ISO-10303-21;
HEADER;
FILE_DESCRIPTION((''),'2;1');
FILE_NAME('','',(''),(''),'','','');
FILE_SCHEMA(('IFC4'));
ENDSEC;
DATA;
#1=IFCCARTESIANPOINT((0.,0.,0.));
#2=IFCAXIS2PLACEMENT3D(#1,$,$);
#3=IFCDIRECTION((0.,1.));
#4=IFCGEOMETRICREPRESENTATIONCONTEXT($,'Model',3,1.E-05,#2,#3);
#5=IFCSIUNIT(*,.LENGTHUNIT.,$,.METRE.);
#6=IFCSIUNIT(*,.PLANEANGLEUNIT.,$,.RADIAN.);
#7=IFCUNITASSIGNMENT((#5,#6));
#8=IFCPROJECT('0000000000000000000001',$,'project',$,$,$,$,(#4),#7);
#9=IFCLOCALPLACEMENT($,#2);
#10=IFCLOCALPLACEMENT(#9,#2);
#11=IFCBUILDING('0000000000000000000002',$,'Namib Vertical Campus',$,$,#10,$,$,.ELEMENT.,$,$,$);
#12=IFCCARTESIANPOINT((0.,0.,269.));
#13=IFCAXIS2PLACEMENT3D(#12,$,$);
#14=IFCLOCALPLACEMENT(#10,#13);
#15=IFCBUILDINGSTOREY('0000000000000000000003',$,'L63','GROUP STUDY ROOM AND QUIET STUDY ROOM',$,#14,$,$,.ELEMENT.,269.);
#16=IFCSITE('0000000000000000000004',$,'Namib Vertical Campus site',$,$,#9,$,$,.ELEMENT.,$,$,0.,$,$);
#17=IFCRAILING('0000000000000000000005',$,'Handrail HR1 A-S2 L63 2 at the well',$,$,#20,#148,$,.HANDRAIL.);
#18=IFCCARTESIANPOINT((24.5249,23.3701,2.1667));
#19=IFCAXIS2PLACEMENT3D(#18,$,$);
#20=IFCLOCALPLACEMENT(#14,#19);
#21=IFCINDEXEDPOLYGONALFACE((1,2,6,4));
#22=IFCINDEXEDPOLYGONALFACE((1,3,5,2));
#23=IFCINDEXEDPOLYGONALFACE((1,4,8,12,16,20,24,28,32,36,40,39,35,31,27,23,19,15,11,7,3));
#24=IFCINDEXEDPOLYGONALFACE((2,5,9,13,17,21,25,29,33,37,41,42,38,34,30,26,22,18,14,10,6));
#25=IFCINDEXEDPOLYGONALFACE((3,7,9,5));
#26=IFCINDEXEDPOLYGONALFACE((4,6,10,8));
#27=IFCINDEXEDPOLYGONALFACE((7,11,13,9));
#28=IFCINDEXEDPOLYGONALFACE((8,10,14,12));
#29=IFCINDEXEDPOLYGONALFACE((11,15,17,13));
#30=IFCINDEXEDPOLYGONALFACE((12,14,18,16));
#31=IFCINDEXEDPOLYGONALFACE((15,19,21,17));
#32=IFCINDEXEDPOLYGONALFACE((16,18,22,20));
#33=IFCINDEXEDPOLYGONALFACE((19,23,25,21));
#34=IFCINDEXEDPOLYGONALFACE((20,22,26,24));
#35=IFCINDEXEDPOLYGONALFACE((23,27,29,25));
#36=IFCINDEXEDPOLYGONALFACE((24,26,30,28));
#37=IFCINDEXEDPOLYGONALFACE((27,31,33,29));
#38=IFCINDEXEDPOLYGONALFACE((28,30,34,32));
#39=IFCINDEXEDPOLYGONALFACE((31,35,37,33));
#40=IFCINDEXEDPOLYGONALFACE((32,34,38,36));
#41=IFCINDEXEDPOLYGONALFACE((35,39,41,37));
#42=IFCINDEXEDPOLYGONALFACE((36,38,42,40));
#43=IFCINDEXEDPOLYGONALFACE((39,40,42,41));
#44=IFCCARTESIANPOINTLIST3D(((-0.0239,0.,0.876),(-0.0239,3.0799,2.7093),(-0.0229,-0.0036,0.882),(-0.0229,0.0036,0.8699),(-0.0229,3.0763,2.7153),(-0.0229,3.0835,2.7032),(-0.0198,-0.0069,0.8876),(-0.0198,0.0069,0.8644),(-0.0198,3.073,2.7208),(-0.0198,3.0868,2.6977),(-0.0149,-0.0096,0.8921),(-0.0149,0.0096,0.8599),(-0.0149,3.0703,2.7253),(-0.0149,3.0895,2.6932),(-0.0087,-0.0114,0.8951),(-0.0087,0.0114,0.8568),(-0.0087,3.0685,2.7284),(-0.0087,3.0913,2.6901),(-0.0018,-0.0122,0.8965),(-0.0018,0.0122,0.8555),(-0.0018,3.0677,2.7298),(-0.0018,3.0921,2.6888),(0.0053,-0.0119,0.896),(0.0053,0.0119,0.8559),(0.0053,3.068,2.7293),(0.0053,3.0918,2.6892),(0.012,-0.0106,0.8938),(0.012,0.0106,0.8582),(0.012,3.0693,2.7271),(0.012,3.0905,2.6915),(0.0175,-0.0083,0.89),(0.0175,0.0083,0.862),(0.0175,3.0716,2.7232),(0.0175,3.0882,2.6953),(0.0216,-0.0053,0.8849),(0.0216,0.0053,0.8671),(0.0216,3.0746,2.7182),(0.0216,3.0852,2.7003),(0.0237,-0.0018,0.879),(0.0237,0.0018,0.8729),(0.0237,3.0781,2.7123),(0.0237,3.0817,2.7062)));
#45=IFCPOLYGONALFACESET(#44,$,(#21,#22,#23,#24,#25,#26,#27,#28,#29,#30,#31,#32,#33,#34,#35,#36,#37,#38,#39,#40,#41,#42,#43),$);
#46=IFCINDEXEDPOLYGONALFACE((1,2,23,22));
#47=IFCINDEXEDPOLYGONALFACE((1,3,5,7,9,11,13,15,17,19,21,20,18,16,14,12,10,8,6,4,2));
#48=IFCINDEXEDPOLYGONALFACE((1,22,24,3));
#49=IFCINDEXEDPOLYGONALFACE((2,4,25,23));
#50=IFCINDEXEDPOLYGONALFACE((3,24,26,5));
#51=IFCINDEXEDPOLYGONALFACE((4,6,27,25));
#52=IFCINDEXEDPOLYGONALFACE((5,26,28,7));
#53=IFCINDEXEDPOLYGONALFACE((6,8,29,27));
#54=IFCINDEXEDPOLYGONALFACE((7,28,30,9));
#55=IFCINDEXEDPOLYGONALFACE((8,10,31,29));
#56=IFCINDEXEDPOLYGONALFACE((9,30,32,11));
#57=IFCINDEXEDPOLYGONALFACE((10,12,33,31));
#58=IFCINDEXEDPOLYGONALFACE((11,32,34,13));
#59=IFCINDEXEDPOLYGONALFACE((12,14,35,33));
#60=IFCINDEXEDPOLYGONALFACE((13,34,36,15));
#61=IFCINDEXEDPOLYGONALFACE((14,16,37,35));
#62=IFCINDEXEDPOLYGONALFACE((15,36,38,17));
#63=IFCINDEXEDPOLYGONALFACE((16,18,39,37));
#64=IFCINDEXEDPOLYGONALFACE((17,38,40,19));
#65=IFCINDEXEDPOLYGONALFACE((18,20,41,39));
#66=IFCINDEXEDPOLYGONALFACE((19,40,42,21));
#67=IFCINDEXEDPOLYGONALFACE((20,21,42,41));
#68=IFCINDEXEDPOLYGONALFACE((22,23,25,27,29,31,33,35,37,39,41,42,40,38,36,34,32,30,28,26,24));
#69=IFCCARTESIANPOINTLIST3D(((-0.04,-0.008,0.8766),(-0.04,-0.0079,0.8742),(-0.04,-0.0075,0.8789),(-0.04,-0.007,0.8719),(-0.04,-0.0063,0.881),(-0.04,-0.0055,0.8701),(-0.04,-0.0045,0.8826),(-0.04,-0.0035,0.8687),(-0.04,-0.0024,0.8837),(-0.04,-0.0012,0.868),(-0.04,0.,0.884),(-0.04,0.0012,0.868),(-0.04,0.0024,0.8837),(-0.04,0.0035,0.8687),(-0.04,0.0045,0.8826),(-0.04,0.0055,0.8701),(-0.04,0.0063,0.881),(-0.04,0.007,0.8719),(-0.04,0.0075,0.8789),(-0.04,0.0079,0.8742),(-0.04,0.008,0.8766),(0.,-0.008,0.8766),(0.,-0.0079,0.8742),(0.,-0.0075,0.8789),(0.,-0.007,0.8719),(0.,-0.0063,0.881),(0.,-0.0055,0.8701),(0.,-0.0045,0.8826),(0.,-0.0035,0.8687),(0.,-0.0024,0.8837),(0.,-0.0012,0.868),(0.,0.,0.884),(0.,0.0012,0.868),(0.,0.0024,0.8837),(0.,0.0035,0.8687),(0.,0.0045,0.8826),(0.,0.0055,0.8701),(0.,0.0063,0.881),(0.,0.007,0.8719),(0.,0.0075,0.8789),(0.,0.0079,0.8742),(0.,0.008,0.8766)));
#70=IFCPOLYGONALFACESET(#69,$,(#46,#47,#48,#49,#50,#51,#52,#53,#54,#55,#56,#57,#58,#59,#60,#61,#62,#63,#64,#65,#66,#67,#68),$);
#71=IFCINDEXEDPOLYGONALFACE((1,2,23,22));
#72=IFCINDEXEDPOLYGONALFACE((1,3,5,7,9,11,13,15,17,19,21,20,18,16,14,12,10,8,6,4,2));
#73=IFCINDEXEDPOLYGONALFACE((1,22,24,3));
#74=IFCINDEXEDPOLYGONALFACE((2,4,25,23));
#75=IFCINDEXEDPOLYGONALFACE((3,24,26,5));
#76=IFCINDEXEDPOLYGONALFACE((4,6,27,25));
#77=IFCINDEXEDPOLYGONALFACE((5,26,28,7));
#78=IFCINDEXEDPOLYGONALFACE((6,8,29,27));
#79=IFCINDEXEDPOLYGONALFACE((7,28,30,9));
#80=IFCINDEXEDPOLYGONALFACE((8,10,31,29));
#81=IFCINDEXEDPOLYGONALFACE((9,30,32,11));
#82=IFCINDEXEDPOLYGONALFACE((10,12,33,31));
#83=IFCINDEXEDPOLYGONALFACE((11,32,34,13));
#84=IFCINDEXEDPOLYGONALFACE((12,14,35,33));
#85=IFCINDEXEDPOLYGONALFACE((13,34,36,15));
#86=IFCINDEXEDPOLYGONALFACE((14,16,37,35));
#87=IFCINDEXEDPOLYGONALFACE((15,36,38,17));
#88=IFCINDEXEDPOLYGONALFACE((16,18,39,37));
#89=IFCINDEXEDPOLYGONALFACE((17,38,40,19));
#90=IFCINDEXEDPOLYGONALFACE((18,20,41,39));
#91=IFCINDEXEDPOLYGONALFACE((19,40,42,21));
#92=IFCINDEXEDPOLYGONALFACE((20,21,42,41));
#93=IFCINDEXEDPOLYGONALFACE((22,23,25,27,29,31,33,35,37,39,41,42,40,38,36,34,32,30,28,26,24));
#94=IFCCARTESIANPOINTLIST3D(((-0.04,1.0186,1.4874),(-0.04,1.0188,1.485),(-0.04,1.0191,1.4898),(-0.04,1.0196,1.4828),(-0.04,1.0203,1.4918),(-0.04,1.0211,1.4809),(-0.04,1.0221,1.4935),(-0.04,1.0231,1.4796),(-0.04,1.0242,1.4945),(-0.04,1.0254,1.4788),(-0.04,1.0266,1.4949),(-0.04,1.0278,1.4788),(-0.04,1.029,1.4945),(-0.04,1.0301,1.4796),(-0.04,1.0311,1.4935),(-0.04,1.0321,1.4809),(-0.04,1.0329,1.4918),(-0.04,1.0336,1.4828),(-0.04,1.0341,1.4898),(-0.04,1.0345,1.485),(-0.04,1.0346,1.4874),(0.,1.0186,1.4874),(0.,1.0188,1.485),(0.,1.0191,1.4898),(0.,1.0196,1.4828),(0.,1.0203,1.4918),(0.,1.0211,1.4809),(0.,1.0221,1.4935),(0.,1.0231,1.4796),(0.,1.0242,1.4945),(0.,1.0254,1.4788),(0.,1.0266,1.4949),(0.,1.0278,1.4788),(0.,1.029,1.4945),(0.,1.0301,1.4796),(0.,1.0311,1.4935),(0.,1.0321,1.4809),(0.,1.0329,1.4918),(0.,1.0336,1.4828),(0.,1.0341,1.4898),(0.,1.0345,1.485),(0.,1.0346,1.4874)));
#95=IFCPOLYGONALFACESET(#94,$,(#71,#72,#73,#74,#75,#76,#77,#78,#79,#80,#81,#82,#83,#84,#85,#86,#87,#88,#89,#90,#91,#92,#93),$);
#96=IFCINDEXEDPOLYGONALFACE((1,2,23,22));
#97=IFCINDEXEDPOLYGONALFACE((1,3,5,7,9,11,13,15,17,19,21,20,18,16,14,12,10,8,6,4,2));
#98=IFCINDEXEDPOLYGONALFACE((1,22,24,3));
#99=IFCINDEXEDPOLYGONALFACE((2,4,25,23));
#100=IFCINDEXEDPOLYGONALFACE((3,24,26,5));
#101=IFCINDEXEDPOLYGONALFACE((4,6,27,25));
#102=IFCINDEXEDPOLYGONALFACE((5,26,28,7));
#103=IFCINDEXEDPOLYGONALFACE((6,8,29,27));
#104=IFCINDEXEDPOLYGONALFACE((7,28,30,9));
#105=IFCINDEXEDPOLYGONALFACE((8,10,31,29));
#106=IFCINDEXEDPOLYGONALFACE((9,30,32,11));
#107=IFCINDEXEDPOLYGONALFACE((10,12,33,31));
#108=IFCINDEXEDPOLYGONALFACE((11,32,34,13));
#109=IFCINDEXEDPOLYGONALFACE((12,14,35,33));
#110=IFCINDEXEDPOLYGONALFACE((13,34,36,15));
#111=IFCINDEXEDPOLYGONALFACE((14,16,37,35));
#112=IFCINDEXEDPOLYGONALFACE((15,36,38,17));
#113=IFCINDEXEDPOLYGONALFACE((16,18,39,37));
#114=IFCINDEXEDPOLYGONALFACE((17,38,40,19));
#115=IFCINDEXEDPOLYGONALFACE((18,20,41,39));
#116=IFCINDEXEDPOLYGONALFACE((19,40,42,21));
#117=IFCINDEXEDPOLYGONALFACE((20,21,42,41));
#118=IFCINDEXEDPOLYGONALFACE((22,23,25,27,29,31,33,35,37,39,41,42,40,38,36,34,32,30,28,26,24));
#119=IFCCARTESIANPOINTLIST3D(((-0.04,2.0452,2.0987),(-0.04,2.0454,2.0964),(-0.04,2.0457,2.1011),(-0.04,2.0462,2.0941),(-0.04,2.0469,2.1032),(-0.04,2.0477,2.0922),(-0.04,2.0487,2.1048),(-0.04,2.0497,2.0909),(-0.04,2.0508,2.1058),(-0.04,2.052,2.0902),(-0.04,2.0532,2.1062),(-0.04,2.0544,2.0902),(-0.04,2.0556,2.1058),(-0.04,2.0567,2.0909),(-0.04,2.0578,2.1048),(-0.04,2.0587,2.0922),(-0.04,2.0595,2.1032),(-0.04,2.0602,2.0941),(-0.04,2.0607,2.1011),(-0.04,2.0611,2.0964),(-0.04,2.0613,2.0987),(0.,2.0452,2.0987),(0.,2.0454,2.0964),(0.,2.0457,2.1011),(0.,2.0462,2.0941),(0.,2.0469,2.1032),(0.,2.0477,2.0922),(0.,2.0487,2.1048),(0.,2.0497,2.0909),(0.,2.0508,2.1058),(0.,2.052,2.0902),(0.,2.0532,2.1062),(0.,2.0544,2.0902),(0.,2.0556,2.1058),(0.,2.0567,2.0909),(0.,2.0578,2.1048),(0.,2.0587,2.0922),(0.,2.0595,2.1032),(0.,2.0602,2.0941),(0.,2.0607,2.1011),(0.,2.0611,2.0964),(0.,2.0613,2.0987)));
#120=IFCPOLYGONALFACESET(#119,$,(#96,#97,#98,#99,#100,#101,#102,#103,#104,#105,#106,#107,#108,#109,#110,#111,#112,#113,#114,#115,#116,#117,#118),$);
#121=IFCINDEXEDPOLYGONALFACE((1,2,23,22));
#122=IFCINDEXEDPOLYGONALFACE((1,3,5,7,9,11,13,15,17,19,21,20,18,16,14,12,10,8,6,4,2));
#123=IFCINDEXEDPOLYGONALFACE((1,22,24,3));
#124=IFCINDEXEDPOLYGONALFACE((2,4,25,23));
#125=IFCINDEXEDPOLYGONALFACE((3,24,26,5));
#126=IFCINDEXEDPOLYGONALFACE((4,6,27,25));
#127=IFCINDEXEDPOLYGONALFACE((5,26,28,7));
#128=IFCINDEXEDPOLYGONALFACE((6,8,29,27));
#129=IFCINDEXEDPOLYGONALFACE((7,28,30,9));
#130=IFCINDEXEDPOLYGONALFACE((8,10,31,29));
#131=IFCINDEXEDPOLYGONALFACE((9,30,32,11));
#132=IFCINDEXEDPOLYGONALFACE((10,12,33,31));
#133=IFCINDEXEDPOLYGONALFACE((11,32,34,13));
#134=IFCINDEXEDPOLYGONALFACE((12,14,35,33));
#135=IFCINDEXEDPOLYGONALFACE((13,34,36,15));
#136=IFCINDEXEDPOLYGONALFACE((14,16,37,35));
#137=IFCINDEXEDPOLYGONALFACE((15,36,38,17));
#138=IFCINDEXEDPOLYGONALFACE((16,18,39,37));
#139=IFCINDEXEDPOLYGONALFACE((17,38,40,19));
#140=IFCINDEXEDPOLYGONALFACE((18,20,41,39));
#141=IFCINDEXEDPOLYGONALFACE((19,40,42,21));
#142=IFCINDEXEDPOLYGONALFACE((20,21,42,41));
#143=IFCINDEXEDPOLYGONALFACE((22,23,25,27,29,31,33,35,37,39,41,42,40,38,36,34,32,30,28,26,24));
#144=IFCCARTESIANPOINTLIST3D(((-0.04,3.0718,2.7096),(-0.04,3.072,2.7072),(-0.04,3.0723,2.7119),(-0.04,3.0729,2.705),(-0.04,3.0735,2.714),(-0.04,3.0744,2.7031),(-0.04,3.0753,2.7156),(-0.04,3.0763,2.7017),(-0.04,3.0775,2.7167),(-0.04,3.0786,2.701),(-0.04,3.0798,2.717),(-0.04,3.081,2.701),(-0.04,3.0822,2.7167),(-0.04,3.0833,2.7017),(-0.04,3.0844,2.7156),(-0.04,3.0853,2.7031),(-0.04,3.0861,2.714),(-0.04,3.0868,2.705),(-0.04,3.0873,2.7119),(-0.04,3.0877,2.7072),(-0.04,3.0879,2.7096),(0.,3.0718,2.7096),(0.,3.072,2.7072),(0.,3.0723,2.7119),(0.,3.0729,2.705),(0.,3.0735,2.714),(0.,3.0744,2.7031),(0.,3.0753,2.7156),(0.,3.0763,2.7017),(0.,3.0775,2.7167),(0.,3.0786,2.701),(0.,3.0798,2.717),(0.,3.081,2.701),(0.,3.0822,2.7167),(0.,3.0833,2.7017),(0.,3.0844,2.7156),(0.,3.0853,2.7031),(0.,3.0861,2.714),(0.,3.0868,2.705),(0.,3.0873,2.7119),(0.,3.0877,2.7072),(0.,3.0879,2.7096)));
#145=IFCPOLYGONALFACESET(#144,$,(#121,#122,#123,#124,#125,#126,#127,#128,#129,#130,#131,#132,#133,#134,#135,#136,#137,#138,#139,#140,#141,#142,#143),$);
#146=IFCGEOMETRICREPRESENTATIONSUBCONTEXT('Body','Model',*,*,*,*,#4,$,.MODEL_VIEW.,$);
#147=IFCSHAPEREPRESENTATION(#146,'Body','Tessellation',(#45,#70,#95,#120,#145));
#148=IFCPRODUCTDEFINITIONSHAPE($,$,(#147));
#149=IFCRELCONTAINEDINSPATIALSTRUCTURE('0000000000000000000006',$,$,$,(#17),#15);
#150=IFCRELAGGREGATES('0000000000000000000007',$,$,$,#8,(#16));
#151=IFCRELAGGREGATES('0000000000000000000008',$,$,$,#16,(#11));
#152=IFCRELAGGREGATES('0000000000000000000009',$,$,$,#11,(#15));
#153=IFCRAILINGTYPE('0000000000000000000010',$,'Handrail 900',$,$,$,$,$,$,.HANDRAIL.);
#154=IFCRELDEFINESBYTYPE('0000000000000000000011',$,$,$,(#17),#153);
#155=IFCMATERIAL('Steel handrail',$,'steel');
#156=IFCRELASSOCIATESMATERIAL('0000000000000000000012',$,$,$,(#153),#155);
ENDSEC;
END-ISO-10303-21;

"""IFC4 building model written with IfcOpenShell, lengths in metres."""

from ifc_helpers import new_model, si_unit, direction, frame, origin, origin_2d, place, context, subcontext, project, spatial, circle, extrude, material, type_object, element, save


model = new_model("IFC4")

# Units and contexts
model_context = context("Model", 3, precision=1e-05, world=origin(), true_north=direction((0.0, 1.0)))
body_context = subcontext(model_context, "Body", "Model", "MODEL_VIEW")
ifc_project = project(units=[si_unit("LENGTHUNIT", "METRE"), si_unit("PLANEANGLEUNIT", "RADIAN")], contexts=[model_context])

# Site, building, storey
site_placement = place(None, origin())
site = spatial("IfcSite", under=ifc_project, at=site_placement, Name="Namib Vertical Campus site", CompositionType="ELEMENT", RefElevation=0.0)
building_placement = place(site_placement, origin())
building = spatial("IfcBuilding", under=site, at=building_placement, Name="Namib Vertical Campus", CompositionType="ELEMENT")
storey_placement = place(building_placement, frame((0.0, 0.0, 269.0)))
storey = spatial("IfcBuildingStorey", under=building, at=storey_placement, Name="L63", Description="GROUP STUDY ROOM AND QUIET STUDY ROOM", CompositionType="ELEMENT", Elevation=269.0)

# Railing
ifc_material_1 = material(Name="Steel handrail", Category="steel")
railing_type_1 = type_object("IfcRailingType", Name="Handrail 900", PredefinedType="HANDRAIL", material=ifc_material_1)
railing_1_placement = place(storey_placement, frame((24.5249, 23.3701, 2.1667)))
element("IfcRailing", 1, at=railing_1_placement, inside=storey, type_object=railing_type_1, Name="Handrail HR1 A-S2 L63 2 at the well", PredefinedType="HANDRAIL", context=body_context, shape_type="SweptSolid", body=[
    extrude(circle(Radius=0.0239, at=origin_2d()), frame((0.0, 0.0, 0.876), z_axis=(0.0, 0.859291, 0.511487), x_axis=(-1.0, 0.0, 0.0)), (0.0, 0.0, 1.0), 3.5842),
    extrude(circle(Radius=0.0081, at=origin_2d()), frame((0.0, 0.0, 0.876), z_axis=(-1.0, 0.0, 0.0), x_axis=(0.0, 0.0, 1.0)), (0.0, 0.0, 1.0), 0.04),
    extrude(circle(Radius=0.0081, at=origin_2d()), frame((0.0, 1.0266, 1.4868), z_axis=(-1.0, 0.0, 0.0), x_axis=(0.0, 0.0, 1.0)), (0.0, 0.0, 1.0), 0.04),
    extrude(circle(Radius=0.0081, at=origin_2d()), frame((0.0, 2.0532, 2.0981), z_axis=(-1.0, 0.0, 0.0), x_axis=(0.0, 0.0, 1.0)), (0.0, 0.0, 1.0), 0.04),
    extrude(circle(Radius=0.0081, at=origin_2d()), frame((0.0, 3.0798, 2.709), z_axis=(-1.0, 0.0, 0.0), x_axis=(0.0, 0.0, 1.0)), (0.0, 0.0, 1.0), 0.04),
])

save(model, "model.ifc")
